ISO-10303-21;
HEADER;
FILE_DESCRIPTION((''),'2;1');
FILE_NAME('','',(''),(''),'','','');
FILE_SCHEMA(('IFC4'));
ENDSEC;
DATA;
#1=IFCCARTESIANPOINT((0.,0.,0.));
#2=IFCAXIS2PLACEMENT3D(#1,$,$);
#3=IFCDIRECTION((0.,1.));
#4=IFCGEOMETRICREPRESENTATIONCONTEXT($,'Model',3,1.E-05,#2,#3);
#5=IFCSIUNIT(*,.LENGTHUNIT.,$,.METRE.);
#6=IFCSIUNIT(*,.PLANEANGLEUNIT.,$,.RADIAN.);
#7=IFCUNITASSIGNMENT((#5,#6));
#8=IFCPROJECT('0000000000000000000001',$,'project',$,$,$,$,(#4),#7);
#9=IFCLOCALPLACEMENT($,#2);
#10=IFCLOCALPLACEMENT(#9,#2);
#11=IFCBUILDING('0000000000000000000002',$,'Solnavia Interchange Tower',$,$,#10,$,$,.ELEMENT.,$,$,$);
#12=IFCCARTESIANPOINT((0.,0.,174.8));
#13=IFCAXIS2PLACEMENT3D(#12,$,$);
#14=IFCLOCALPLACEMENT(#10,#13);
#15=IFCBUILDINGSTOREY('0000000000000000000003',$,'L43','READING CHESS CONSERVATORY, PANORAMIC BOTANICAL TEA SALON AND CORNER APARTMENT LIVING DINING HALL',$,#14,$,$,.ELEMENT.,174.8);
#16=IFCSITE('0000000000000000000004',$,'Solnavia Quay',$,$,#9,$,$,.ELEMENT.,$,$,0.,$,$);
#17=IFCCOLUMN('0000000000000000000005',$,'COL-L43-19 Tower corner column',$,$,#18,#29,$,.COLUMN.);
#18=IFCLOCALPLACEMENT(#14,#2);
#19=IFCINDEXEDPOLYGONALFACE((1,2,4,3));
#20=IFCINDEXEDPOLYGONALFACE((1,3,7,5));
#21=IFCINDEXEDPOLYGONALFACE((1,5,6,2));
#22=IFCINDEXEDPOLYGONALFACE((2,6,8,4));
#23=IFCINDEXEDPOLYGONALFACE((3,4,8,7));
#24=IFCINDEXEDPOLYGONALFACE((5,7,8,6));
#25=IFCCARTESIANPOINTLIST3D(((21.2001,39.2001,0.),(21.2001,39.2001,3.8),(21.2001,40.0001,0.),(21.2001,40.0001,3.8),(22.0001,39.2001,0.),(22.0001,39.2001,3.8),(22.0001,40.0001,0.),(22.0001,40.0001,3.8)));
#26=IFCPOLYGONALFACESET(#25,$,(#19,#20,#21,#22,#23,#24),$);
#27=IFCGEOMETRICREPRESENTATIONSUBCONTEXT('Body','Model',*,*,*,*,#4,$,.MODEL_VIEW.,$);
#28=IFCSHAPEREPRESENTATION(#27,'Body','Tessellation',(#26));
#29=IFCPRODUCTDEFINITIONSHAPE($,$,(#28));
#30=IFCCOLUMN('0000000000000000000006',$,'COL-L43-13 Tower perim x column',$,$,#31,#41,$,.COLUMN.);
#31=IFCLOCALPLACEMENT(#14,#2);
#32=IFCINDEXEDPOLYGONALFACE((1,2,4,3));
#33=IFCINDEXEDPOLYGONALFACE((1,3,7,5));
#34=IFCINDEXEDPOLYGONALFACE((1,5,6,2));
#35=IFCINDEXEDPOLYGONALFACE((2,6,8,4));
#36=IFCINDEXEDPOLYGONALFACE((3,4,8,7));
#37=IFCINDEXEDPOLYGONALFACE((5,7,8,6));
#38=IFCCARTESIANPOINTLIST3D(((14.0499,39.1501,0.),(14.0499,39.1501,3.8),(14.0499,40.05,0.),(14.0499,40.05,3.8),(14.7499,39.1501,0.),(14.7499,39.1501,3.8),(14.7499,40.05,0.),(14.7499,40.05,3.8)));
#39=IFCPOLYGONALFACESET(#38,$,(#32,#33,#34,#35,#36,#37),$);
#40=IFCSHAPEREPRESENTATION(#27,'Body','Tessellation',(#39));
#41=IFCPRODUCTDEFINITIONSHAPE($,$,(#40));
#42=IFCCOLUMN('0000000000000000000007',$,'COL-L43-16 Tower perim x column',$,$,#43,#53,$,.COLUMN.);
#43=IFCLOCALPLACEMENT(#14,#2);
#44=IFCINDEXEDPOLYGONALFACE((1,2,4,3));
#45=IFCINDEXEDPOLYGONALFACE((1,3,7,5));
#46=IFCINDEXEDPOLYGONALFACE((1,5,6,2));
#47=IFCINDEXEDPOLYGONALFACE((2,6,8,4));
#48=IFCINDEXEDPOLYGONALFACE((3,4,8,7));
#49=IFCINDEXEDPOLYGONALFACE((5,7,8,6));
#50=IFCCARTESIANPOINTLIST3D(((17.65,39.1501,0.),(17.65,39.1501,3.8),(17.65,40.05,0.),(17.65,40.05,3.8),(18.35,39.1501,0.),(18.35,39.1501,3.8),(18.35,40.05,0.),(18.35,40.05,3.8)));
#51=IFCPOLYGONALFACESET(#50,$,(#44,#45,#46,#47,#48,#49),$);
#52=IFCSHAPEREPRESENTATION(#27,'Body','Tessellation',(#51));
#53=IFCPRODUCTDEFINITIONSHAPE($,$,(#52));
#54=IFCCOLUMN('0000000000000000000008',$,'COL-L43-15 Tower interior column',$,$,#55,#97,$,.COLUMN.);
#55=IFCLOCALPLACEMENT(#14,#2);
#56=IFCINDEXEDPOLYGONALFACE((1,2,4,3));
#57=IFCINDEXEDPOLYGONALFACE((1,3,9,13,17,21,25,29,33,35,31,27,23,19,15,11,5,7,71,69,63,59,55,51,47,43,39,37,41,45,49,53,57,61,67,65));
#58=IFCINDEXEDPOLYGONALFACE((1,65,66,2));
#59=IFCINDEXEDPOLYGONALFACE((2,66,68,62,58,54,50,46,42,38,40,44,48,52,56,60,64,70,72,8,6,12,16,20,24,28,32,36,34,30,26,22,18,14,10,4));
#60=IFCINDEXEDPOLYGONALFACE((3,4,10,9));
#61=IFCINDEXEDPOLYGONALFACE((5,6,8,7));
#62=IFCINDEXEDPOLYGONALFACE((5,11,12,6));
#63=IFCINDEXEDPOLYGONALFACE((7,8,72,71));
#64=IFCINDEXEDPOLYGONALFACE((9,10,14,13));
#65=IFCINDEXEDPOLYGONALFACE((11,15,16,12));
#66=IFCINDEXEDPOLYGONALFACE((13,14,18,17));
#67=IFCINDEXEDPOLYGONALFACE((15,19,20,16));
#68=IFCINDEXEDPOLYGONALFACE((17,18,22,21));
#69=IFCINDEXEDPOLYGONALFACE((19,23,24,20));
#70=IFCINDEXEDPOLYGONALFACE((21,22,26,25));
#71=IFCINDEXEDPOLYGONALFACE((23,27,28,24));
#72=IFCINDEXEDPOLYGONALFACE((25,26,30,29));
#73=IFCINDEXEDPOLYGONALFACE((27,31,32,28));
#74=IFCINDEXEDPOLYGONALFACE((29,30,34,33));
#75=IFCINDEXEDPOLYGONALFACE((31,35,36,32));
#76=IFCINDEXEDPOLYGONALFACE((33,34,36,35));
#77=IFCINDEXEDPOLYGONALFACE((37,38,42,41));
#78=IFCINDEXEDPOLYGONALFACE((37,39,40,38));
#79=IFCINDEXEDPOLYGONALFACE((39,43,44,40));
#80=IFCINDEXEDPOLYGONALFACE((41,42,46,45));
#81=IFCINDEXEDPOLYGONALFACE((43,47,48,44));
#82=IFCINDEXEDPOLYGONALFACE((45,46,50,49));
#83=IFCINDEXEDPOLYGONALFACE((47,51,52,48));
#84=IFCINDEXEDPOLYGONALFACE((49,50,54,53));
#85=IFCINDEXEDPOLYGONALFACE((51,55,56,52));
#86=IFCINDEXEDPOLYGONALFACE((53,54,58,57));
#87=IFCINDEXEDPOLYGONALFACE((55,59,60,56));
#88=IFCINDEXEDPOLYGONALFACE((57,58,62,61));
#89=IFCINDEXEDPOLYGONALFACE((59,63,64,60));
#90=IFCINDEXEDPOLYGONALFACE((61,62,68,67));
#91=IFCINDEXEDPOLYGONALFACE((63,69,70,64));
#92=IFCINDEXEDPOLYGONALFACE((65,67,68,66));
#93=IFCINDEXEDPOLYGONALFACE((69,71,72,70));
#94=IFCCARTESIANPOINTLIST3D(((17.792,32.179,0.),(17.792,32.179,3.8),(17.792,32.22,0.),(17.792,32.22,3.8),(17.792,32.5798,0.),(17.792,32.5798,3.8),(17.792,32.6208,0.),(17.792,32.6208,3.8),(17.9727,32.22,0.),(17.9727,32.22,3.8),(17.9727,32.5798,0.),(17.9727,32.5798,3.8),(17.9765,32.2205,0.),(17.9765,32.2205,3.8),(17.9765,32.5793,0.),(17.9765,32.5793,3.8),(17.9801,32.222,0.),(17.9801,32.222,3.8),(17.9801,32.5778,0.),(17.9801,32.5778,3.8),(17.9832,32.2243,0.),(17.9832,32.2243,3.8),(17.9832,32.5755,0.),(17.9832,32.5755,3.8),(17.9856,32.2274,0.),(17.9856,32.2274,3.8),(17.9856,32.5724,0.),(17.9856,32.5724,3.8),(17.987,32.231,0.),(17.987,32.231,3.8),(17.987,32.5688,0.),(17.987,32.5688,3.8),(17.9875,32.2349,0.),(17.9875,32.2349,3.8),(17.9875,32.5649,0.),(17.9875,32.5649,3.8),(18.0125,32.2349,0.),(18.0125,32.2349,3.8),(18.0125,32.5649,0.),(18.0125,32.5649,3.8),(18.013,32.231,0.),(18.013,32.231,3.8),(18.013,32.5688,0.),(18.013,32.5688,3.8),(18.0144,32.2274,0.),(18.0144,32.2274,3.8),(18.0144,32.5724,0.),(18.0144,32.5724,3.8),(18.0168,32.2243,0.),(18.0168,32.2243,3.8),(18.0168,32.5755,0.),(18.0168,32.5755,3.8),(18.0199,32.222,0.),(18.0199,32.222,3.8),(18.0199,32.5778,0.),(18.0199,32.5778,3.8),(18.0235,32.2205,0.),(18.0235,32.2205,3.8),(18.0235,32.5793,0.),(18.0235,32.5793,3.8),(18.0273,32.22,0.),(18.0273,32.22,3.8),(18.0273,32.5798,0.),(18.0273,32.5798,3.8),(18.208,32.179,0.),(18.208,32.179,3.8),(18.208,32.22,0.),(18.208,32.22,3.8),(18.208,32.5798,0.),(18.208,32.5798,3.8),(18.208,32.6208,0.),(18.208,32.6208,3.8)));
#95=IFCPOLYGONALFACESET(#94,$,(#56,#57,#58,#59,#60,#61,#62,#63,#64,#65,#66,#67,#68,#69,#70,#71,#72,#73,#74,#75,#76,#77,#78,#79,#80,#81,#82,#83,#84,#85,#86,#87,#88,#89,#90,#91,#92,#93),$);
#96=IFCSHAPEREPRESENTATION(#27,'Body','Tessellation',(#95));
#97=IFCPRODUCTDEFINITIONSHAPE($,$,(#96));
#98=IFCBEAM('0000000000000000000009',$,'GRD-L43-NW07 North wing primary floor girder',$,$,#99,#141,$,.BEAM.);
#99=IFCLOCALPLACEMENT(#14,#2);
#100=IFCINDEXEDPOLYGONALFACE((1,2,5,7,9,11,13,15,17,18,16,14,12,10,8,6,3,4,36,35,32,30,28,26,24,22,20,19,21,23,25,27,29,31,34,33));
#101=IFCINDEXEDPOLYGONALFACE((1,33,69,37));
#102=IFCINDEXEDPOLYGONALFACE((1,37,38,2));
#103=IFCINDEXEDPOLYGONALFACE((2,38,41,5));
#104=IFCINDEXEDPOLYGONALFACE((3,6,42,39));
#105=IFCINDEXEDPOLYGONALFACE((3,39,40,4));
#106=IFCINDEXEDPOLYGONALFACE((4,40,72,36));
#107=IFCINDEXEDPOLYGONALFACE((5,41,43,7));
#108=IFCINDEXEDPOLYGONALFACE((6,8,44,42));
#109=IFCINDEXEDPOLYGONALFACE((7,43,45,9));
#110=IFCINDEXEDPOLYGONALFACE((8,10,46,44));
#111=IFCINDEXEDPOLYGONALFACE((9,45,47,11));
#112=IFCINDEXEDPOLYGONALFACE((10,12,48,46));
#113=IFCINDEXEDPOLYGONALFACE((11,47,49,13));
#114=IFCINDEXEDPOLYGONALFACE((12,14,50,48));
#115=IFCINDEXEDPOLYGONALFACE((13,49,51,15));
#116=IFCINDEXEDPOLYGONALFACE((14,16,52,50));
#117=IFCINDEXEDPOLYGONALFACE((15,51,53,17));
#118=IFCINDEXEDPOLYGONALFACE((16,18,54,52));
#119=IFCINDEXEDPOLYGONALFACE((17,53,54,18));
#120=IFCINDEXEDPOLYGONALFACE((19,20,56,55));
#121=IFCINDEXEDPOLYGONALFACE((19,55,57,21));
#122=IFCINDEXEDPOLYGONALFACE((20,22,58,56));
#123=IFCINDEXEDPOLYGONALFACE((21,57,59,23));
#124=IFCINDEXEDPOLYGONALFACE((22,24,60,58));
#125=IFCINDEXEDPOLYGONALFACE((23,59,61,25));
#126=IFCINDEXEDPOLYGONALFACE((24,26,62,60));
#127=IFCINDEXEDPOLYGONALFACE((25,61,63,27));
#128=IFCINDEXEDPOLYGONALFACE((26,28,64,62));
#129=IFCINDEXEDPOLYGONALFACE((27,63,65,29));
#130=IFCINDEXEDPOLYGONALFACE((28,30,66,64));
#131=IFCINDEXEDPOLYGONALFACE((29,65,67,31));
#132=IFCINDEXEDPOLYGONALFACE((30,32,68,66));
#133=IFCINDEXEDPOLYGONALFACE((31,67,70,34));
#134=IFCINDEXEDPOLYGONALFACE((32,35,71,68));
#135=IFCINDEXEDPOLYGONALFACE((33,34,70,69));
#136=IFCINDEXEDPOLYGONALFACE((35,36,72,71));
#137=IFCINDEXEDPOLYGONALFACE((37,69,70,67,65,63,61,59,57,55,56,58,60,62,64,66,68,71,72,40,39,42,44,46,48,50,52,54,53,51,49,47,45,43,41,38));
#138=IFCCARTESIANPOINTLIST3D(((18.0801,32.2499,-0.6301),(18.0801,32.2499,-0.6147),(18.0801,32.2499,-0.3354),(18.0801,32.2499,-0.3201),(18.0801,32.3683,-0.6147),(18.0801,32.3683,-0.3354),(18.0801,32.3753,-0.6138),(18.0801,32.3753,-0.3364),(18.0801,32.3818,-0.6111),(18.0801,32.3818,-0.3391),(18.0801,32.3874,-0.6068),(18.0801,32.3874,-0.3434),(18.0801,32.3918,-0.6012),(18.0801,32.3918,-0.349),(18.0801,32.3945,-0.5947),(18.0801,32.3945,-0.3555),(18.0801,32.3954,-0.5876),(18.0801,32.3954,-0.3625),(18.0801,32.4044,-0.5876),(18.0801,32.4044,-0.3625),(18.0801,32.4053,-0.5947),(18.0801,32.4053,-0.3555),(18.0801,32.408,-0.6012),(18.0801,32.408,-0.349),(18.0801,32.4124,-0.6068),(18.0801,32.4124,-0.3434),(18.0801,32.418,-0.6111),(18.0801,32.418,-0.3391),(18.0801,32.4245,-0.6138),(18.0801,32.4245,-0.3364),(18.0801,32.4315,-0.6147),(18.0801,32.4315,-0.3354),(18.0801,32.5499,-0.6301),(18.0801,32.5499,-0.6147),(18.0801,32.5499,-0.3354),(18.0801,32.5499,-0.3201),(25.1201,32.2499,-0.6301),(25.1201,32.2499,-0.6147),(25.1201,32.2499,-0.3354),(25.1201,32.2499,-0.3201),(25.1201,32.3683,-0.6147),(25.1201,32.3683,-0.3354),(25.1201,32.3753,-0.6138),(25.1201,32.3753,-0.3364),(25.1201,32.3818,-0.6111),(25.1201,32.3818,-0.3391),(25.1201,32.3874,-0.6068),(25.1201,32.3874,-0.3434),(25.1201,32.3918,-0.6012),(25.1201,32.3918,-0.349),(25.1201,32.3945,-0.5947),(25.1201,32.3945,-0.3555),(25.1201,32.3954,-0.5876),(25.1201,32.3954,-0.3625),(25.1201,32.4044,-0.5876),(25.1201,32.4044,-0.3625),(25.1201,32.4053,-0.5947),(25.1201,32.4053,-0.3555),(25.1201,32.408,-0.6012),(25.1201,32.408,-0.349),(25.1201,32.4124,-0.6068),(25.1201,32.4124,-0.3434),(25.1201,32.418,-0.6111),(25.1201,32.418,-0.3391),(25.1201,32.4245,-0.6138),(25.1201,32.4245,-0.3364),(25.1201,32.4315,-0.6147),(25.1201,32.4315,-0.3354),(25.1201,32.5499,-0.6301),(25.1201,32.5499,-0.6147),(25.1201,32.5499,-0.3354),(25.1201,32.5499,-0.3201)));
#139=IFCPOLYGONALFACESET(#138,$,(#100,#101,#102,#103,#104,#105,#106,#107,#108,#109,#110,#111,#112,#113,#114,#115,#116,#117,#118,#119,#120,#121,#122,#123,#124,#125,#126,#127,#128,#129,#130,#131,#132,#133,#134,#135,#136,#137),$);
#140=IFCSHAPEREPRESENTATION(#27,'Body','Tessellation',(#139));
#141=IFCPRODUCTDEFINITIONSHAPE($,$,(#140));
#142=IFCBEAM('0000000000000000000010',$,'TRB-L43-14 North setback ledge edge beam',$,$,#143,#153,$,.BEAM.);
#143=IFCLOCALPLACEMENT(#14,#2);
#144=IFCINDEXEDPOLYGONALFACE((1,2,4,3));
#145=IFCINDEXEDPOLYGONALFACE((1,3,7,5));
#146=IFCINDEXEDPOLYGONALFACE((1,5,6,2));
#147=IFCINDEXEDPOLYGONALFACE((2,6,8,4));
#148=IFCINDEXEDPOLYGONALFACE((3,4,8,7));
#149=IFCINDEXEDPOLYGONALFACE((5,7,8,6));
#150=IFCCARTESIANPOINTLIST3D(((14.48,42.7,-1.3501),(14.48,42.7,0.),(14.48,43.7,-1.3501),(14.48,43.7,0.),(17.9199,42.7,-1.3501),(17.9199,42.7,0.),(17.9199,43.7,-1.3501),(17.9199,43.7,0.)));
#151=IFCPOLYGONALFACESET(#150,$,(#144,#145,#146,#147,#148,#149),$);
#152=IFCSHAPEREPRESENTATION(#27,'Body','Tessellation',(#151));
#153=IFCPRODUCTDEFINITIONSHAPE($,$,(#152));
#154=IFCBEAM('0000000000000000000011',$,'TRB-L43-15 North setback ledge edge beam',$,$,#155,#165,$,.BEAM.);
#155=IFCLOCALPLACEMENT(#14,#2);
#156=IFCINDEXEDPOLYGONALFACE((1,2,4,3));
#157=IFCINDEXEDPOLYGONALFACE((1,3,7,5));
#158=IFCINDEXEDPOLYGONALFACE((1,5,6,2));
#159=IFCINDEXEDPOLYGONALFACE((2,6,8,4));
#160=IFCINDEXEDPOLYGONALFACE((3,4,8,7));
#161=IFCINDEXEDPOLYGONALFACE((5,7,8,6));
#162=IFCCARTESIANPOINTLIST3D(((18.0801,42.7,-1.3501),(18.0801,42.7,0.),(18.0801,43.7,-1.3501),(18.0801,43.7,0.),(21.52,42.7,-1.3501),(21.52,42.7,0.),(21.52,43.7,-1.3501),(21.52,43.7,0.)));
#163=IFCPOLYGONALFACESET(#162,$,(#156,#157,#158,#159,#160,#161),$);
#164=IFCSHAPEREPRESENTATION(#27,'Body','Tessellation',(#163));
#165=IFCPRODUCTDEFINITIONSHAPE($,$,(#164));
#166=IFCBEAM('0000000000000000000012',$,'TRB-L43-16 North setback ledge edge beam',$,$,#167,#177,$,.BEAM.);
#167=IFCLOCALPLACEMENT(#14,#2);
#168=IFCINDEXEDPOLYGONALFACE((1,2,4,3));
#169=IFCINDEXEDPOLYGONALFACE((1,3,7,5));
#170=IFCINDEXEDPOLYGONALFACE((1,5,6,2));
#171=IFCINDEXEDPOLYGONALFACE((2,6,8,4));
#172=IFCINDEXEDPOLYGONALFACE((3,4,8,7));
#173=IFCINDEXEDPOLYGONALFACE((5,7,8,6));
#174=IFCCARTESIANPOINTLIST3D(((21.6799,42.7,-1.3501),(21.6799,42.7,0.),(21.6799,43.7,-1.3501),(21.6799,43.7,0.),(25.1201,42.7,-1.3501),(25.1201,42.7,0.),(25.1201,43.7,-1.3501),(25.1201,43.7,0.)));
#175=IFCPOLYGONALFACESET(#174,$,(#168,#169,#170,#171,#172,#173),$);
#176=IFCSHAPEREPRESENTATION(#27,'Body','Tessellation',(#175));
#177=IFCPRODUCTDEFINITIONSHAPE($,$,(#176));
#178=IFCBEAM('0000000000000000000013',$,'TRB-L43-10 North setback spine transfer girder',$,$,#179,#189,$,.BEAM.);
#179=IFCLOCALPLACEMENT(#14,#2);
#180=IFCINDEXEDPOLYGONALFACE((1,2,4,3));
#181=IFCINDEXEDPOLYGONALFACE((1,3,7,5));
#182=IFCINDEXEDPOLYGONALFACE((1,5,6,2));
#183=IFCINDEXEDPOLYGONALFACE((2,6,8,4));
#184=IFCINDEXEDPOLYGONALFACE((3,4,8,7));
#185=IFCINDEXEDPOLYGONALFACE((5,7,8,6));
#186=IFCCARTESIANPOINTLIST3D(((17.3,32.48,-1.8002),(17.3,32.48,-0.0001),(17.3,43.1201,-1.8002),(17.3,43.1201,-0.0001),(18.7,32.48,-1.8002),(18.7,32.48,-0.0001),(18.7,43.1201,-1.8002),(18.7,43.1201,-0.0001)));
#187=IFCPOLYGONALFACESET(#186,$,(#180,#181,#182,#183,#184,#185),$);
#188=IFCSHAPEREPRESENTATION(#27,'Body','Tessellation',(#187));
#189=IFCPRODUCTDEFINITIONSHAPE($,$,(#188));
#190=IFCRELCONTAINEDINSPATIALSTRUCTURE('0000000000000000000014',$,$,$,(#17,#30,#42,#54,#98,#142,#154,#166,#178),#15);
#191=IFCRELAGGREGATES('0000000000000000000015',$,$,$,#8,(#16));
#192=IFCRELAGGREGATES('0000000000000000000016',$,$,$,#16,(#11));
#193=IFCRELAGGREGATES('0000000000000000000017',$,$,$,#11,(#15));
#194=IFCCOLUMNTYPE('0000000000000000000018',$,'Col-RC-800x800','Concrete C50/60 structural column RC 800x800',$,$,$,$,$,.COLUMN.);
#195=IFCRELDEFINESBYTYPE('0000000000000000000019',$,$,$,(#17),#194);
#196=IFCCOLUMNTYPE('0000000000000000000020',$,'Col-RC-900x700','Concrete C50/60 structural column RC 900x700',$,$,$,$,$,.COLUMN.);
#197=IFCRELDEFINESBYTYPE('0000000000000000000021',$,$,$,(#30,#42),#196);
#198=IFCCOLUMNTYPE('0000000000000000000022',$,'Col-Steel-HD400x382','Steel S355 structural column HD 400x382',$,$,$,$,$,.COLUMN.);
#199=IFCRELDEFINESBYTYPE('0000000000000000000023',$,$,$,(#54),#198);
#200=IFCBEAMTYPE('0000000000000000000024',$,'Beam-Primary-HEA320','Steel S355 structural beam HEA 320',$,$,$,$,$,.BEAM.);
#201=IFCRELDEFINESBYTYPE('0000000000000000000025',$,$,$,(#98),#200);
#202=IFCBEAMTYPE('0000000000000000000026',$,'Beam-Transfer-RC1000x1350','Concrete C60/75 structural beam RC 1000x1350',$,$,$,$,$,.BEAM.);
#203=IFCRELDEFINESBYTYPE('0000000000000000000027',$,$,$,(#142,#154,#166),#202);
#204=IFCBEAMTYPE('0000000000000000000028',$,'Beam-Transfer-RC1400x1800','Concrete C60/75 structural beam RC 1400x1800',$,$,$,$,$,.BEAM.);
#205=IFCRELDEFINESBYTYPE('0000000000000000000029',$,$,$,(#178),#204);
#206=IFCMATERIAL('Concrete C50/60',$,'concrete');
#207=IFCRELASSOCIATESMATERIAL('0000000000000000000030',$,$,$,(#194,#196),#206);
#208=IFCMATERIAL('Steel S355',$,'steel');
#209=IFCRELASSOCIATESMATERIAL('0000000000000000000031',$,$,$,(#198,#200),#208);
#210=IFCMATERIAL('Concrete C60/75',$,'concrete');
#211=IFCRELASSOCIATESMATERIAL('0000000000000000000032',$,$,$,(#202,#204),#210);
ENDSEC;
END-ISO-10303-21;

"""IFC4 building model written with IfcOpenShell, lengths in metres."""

from ifc_helpers import new_model, si_unit, direction, frame, origin, origin_2d, place, context, subcontext, project, spatial, rectangle, i_section, extrude, material, material_profile, profile_set, type_object, element, save


model = new_model("IFC4")

# Units and contexts
model_context = context("Model", 3, precision=1e-05, world=origin(), true_north=direction((0.0, 1.0)))
body_context = subcontext(model_context, "Body", "Model", "MODEL_VIEW")
ifc_project = project(units=[si_unit("LENGTHUNIT", "METRE"), si_unit("PLANEANGLEUNIT", "RADIAN")], contexts=[model_context])

# Site, building, storey
site_placement = place(None, origin())
site = spatial("IfcSite", under=ifc_project, at=site_placement, Name="Solnavia Quay", CompositionType="ELEMENT", RefElevation=0.0)
building_placement = place(site_placement, origin())
building = spatial("IfcBuilding", under=site, at=building_placement, Name="Solnavia Interchange Tower", CompositionType="ELEMENT")
storey_placement = place(building_placement, frame((0.0, 0.0, 174.8)))
storey = spatial("IfcBuildingStorey", under=building, at=storey_placement, Name="L43", Description="READING CHESS CONSERVATORY, PANORAMIC BOTANICAL TEA SALON AND CORNER APARTMENT LIVING DINING HALL", CompositionType="ELEMENT", Elevation=174.8)

# Columns
ifc_material_1 = material(Name="Concrete C50/60", Category="concrete")
ifc_material_profile_1 = material_profile(ifc_material_1, rectangle(XDim=0.8, YDim=0.8, at=origin_2d()), Name="RC 800x800")
ifc_profile_set_1 = profile_set([ifc_material_profile_1], Name="Concrete C50/60")
column_type_1 = type_object("IfcColumnType", Name="Col-RC-800x800", Description="Concrete C50/60 structural column RC 800x800", PredefinedType="COLUMN", material=ifc_profile_set_1)
column_1_placement = place(storey_placement, frame((21.6001, 39.6001, 0.0), z_axis=(0.0, 0.0, 1.0), x_axis=(1.0, 0.0, 0.0)))
element("IfcColumn", 1, at=column_1_placement, inside=storey, type_object=column_type_1, Name="COL-L43-19 Tower corner column", PredefinedType="COLUMN", context=body_context, shape_type="SweptSolid", body=[
    extrude(rectangle(XDim=0.8, YDim=0.8, at=origin_2d()), origin(), (0.0, 0.0, 1.0), 3.8),
])
ifc_material_profile_2 = material_profile(ifc_material_1, rectangle(XDim=0.7, YDim=0.8999, at=origin_2d()), Name="RC 900x700")
ifc_profile_set_2 = profile_set([ifc_material_profile_2], Name="Concrete C50/60")
column_type_2 = type_object("IfcColumnType", Name="Col-RC-900x700", Description="Concrete C50/60 structural column RC 900x700", PredefinedType="COLUMN", material=ifc_profile_set_2)
for number, where, z_axis, x_axis, name in (
    (2, (14.3999, 39.6001, 0.0), (0.0, 0.0, 1.0), (1.0, 0.0, 0.0), "COL-L43-13 Tower perim x column"),
    (3, (18.0, 39.6001, 0.0), (0.0, 0.0, 1.0), (1.0, 0.0, 0.0), "COL-L43-16 Tower perim x column"),
):
    element("IfcColumn", number, at=place(storey_placement, frame(where, z_axis=z_axis, x_axis=x_axis)), inside=storey, type_object=column_type_2, Name=name, PredefinedType="COLUMN", context=body_context, shape_type="SweptSolid", body=[
        extrude(rectangle(XDim=0.7, YDim=0.8999, at=origin_2d()), origin(), (0.0, 0.0, 1.0), 3.8),
    ])
ifc_material_2 = material(Name="Steel S355", Category="steel")
ifc_material_profile_3 = material_profile(ifc_material_2, i_section(OverallWidth=0.416, OverallDepth=0.4419, WebThickness=0.0249, FlangeThickness=0.041, FilletRadius=0.0149, at=origin_2d()), Name="HD 400x382")
ifc_profile_set_3 = profile_set([ifc_material_profile_3], Name="Steel S355")
column_type_3 = type_object("IfcColumnType", Name="Col-Steel-HD400x382", Description="Steel S355 structural column HD 400x382", PredefinedType="COLUMN", material=ifc_profile_set_3)
column_2_placement = place(storey_placement, frame((18.0, 32.3999, 0.0), z_axis=(0.0, 0.0, 1.0), x_axis=(1.0, 0.0, 0.0)))
element("IfcColumn", 4, at=column_2_placement, inside=storey, type_object=column_type_3, Name="COL-L43-15 Tower interior column", PredefinedType="COLUMN", context=body_context, shape_type="SweptSolid", body=[
    extrude(i_section(OverallWidth=0.416, OverallDepth=0.4419, WebThickness=0.0249, FlangeThickness=0.041, FilletRadius=0.0149, at=origin_2d()), origin(), (0.0, 0.0, 1.0), 3.8),
])

# Beams
ifc_material_profile_4 = material_profile(ifc_material_2, i_section(OverallWidth=0.3, OverallDepth=0.3101, WebThickness=0.009, FlangeThickness=0.0154, FilletRadius=0.0271, at=origin_2d()), Name="HEA 320")
ifc_profile_set_4 = profile_set([ifc_material_profile_4], Name="Steel S355")
beam_type_1 = type_object("IfcBeamType", Name="Beam-Primary-HEA320", Description="Steel S355 structural beam HEA 320", PredefinedType="BEAM", material=ifc_profile_set_4)
beam_1_placement = place(storey_placement, frame((18.0801, 32.3999, -0.4751), z_axis=(1.0, 0.0, 0.0), x_axis=(0.0, 1.0, 0.0)))
element("IfcBeam", 5, at=beam_1_placement, inside=storey, type_object=beam_type_1, Name="GRD-L43-NW07 North wing primary floor girder", PredefinedType="BEAM", context=body_context, shape_type="SweptSolid", body=[
    extrude(i_section(OverallWidth=0.3, OverallDepth=0.3101, WebThickness=0.009, FlangeThickness=0.0154, FilletRadius=0.0271, at=origin_2d()), origin(), (0.0, 0.0, 1.0), 7.04),
])
ifc_material_3 = material(Name="Concrete C60/75", Category="concrete")
ifc_material_profile_5 = material_profile(ifc_material_3, rectangle(XDim=1.0, YDim=1.3501, at=origin_2d()), Name="RC 1000x1350")
ifc_profile_set_5 = profile_set([ifc_material_profile_5], Name="Concrete C60/75")
beam_type_2 = type_object("IfcBeamType", Name="Beam-Transfer-RC1000x1350", Description="Concrete C60/75 structural beam RC 1000x1350", PredefinedType="BEAM", material=ifc_profile_set_5)
for number, where, z_axis, x_axis, name in (
    (6, (14.48, 43.2, -0.675), (1.0, 0.0, 0.0), (0.0, 1.0, 0.0), "TRB-L43-14 North setback ledge edge beam"),
    (7, (18.0801, 43.2, -0.675), (1.0, 0.0, 0.0), (0.0, 1.0, 0.0), "TRB-L43-15 North setback ledge edge beam"),
):
    element("IfcBeam", number, at=place(storey_placement, frame(where, z_axis=z_axis, x_axis=x_axis)), inside=storey, type_object=beam_type_2, Name=name, PredefinedType="BEAM", context=body_context, shape_type="SweptSolid", body=[
        extrude(rectangle(XDim=1.0, YDim=1.3501, at=origin_2d()), origin(), (0.0, 0.0, 1.0), 3.4399),
    ])
beam_2_placement = place(storey_placement, frame((21.6799, 43.2, -0.675), z_axis=(1.0, 0.0, 0.0), x_axis=(0.0, 1.0, 0.0)))
element("IfcBeam", 8, at=beam_2_placement, inside=storey, type_object=beam_type_2, Name="TRB-L43-16 North setback ledge edge beam", PredefinedType="BEAM", context=body_context, shape_type="SweptSolid", body=[
    extrude(rectangle(XDim=1.0, YDim=1.3501, at=origin_2d()), origin(), (0.0, 0.0, 1.0), 3.4402),
])
ifc_material_profile_6 = material_profile(ifc_material_3, rectangle(XDim=1.3999, YDim=1.8, at=origin_2d()), Name="RC 1400x1800")
ifc_profile_set_6 = profile_set([ifc_material_profile_6], Name="Concrete C60/75")
beam_type_3 = type_object("IfcBeamType", Name="Beam-Transfer-RC1400x1800", Description="Concrete C60/75 structural beam RC 1400x1800", PredefinedType="BEAM", material=ifc_profile_set_6)
beam_3_placement = place(storey_placement, frame((18.0, 32.48, -0.9001), z_axis=(0.0, 1.0, 0.0), x_axis=(-1.0, 0.0, 0.0)))
element("IfcBeam", 9, at=beam_3_placement, inside=storey, type_object=beam_type_3, Name="TRB-L43-10 North setback spine transfer girder", PredefinedType="BEAM", context=body_context, shape_type="SweptSolid", body=[
    extrude(rectangle(XDim=1.3999, YDim=1.8, at=origin_2d()), origin(), (0.0, 0.0, 1.0), 10.6401),
])

save(model, "model.ifc")
